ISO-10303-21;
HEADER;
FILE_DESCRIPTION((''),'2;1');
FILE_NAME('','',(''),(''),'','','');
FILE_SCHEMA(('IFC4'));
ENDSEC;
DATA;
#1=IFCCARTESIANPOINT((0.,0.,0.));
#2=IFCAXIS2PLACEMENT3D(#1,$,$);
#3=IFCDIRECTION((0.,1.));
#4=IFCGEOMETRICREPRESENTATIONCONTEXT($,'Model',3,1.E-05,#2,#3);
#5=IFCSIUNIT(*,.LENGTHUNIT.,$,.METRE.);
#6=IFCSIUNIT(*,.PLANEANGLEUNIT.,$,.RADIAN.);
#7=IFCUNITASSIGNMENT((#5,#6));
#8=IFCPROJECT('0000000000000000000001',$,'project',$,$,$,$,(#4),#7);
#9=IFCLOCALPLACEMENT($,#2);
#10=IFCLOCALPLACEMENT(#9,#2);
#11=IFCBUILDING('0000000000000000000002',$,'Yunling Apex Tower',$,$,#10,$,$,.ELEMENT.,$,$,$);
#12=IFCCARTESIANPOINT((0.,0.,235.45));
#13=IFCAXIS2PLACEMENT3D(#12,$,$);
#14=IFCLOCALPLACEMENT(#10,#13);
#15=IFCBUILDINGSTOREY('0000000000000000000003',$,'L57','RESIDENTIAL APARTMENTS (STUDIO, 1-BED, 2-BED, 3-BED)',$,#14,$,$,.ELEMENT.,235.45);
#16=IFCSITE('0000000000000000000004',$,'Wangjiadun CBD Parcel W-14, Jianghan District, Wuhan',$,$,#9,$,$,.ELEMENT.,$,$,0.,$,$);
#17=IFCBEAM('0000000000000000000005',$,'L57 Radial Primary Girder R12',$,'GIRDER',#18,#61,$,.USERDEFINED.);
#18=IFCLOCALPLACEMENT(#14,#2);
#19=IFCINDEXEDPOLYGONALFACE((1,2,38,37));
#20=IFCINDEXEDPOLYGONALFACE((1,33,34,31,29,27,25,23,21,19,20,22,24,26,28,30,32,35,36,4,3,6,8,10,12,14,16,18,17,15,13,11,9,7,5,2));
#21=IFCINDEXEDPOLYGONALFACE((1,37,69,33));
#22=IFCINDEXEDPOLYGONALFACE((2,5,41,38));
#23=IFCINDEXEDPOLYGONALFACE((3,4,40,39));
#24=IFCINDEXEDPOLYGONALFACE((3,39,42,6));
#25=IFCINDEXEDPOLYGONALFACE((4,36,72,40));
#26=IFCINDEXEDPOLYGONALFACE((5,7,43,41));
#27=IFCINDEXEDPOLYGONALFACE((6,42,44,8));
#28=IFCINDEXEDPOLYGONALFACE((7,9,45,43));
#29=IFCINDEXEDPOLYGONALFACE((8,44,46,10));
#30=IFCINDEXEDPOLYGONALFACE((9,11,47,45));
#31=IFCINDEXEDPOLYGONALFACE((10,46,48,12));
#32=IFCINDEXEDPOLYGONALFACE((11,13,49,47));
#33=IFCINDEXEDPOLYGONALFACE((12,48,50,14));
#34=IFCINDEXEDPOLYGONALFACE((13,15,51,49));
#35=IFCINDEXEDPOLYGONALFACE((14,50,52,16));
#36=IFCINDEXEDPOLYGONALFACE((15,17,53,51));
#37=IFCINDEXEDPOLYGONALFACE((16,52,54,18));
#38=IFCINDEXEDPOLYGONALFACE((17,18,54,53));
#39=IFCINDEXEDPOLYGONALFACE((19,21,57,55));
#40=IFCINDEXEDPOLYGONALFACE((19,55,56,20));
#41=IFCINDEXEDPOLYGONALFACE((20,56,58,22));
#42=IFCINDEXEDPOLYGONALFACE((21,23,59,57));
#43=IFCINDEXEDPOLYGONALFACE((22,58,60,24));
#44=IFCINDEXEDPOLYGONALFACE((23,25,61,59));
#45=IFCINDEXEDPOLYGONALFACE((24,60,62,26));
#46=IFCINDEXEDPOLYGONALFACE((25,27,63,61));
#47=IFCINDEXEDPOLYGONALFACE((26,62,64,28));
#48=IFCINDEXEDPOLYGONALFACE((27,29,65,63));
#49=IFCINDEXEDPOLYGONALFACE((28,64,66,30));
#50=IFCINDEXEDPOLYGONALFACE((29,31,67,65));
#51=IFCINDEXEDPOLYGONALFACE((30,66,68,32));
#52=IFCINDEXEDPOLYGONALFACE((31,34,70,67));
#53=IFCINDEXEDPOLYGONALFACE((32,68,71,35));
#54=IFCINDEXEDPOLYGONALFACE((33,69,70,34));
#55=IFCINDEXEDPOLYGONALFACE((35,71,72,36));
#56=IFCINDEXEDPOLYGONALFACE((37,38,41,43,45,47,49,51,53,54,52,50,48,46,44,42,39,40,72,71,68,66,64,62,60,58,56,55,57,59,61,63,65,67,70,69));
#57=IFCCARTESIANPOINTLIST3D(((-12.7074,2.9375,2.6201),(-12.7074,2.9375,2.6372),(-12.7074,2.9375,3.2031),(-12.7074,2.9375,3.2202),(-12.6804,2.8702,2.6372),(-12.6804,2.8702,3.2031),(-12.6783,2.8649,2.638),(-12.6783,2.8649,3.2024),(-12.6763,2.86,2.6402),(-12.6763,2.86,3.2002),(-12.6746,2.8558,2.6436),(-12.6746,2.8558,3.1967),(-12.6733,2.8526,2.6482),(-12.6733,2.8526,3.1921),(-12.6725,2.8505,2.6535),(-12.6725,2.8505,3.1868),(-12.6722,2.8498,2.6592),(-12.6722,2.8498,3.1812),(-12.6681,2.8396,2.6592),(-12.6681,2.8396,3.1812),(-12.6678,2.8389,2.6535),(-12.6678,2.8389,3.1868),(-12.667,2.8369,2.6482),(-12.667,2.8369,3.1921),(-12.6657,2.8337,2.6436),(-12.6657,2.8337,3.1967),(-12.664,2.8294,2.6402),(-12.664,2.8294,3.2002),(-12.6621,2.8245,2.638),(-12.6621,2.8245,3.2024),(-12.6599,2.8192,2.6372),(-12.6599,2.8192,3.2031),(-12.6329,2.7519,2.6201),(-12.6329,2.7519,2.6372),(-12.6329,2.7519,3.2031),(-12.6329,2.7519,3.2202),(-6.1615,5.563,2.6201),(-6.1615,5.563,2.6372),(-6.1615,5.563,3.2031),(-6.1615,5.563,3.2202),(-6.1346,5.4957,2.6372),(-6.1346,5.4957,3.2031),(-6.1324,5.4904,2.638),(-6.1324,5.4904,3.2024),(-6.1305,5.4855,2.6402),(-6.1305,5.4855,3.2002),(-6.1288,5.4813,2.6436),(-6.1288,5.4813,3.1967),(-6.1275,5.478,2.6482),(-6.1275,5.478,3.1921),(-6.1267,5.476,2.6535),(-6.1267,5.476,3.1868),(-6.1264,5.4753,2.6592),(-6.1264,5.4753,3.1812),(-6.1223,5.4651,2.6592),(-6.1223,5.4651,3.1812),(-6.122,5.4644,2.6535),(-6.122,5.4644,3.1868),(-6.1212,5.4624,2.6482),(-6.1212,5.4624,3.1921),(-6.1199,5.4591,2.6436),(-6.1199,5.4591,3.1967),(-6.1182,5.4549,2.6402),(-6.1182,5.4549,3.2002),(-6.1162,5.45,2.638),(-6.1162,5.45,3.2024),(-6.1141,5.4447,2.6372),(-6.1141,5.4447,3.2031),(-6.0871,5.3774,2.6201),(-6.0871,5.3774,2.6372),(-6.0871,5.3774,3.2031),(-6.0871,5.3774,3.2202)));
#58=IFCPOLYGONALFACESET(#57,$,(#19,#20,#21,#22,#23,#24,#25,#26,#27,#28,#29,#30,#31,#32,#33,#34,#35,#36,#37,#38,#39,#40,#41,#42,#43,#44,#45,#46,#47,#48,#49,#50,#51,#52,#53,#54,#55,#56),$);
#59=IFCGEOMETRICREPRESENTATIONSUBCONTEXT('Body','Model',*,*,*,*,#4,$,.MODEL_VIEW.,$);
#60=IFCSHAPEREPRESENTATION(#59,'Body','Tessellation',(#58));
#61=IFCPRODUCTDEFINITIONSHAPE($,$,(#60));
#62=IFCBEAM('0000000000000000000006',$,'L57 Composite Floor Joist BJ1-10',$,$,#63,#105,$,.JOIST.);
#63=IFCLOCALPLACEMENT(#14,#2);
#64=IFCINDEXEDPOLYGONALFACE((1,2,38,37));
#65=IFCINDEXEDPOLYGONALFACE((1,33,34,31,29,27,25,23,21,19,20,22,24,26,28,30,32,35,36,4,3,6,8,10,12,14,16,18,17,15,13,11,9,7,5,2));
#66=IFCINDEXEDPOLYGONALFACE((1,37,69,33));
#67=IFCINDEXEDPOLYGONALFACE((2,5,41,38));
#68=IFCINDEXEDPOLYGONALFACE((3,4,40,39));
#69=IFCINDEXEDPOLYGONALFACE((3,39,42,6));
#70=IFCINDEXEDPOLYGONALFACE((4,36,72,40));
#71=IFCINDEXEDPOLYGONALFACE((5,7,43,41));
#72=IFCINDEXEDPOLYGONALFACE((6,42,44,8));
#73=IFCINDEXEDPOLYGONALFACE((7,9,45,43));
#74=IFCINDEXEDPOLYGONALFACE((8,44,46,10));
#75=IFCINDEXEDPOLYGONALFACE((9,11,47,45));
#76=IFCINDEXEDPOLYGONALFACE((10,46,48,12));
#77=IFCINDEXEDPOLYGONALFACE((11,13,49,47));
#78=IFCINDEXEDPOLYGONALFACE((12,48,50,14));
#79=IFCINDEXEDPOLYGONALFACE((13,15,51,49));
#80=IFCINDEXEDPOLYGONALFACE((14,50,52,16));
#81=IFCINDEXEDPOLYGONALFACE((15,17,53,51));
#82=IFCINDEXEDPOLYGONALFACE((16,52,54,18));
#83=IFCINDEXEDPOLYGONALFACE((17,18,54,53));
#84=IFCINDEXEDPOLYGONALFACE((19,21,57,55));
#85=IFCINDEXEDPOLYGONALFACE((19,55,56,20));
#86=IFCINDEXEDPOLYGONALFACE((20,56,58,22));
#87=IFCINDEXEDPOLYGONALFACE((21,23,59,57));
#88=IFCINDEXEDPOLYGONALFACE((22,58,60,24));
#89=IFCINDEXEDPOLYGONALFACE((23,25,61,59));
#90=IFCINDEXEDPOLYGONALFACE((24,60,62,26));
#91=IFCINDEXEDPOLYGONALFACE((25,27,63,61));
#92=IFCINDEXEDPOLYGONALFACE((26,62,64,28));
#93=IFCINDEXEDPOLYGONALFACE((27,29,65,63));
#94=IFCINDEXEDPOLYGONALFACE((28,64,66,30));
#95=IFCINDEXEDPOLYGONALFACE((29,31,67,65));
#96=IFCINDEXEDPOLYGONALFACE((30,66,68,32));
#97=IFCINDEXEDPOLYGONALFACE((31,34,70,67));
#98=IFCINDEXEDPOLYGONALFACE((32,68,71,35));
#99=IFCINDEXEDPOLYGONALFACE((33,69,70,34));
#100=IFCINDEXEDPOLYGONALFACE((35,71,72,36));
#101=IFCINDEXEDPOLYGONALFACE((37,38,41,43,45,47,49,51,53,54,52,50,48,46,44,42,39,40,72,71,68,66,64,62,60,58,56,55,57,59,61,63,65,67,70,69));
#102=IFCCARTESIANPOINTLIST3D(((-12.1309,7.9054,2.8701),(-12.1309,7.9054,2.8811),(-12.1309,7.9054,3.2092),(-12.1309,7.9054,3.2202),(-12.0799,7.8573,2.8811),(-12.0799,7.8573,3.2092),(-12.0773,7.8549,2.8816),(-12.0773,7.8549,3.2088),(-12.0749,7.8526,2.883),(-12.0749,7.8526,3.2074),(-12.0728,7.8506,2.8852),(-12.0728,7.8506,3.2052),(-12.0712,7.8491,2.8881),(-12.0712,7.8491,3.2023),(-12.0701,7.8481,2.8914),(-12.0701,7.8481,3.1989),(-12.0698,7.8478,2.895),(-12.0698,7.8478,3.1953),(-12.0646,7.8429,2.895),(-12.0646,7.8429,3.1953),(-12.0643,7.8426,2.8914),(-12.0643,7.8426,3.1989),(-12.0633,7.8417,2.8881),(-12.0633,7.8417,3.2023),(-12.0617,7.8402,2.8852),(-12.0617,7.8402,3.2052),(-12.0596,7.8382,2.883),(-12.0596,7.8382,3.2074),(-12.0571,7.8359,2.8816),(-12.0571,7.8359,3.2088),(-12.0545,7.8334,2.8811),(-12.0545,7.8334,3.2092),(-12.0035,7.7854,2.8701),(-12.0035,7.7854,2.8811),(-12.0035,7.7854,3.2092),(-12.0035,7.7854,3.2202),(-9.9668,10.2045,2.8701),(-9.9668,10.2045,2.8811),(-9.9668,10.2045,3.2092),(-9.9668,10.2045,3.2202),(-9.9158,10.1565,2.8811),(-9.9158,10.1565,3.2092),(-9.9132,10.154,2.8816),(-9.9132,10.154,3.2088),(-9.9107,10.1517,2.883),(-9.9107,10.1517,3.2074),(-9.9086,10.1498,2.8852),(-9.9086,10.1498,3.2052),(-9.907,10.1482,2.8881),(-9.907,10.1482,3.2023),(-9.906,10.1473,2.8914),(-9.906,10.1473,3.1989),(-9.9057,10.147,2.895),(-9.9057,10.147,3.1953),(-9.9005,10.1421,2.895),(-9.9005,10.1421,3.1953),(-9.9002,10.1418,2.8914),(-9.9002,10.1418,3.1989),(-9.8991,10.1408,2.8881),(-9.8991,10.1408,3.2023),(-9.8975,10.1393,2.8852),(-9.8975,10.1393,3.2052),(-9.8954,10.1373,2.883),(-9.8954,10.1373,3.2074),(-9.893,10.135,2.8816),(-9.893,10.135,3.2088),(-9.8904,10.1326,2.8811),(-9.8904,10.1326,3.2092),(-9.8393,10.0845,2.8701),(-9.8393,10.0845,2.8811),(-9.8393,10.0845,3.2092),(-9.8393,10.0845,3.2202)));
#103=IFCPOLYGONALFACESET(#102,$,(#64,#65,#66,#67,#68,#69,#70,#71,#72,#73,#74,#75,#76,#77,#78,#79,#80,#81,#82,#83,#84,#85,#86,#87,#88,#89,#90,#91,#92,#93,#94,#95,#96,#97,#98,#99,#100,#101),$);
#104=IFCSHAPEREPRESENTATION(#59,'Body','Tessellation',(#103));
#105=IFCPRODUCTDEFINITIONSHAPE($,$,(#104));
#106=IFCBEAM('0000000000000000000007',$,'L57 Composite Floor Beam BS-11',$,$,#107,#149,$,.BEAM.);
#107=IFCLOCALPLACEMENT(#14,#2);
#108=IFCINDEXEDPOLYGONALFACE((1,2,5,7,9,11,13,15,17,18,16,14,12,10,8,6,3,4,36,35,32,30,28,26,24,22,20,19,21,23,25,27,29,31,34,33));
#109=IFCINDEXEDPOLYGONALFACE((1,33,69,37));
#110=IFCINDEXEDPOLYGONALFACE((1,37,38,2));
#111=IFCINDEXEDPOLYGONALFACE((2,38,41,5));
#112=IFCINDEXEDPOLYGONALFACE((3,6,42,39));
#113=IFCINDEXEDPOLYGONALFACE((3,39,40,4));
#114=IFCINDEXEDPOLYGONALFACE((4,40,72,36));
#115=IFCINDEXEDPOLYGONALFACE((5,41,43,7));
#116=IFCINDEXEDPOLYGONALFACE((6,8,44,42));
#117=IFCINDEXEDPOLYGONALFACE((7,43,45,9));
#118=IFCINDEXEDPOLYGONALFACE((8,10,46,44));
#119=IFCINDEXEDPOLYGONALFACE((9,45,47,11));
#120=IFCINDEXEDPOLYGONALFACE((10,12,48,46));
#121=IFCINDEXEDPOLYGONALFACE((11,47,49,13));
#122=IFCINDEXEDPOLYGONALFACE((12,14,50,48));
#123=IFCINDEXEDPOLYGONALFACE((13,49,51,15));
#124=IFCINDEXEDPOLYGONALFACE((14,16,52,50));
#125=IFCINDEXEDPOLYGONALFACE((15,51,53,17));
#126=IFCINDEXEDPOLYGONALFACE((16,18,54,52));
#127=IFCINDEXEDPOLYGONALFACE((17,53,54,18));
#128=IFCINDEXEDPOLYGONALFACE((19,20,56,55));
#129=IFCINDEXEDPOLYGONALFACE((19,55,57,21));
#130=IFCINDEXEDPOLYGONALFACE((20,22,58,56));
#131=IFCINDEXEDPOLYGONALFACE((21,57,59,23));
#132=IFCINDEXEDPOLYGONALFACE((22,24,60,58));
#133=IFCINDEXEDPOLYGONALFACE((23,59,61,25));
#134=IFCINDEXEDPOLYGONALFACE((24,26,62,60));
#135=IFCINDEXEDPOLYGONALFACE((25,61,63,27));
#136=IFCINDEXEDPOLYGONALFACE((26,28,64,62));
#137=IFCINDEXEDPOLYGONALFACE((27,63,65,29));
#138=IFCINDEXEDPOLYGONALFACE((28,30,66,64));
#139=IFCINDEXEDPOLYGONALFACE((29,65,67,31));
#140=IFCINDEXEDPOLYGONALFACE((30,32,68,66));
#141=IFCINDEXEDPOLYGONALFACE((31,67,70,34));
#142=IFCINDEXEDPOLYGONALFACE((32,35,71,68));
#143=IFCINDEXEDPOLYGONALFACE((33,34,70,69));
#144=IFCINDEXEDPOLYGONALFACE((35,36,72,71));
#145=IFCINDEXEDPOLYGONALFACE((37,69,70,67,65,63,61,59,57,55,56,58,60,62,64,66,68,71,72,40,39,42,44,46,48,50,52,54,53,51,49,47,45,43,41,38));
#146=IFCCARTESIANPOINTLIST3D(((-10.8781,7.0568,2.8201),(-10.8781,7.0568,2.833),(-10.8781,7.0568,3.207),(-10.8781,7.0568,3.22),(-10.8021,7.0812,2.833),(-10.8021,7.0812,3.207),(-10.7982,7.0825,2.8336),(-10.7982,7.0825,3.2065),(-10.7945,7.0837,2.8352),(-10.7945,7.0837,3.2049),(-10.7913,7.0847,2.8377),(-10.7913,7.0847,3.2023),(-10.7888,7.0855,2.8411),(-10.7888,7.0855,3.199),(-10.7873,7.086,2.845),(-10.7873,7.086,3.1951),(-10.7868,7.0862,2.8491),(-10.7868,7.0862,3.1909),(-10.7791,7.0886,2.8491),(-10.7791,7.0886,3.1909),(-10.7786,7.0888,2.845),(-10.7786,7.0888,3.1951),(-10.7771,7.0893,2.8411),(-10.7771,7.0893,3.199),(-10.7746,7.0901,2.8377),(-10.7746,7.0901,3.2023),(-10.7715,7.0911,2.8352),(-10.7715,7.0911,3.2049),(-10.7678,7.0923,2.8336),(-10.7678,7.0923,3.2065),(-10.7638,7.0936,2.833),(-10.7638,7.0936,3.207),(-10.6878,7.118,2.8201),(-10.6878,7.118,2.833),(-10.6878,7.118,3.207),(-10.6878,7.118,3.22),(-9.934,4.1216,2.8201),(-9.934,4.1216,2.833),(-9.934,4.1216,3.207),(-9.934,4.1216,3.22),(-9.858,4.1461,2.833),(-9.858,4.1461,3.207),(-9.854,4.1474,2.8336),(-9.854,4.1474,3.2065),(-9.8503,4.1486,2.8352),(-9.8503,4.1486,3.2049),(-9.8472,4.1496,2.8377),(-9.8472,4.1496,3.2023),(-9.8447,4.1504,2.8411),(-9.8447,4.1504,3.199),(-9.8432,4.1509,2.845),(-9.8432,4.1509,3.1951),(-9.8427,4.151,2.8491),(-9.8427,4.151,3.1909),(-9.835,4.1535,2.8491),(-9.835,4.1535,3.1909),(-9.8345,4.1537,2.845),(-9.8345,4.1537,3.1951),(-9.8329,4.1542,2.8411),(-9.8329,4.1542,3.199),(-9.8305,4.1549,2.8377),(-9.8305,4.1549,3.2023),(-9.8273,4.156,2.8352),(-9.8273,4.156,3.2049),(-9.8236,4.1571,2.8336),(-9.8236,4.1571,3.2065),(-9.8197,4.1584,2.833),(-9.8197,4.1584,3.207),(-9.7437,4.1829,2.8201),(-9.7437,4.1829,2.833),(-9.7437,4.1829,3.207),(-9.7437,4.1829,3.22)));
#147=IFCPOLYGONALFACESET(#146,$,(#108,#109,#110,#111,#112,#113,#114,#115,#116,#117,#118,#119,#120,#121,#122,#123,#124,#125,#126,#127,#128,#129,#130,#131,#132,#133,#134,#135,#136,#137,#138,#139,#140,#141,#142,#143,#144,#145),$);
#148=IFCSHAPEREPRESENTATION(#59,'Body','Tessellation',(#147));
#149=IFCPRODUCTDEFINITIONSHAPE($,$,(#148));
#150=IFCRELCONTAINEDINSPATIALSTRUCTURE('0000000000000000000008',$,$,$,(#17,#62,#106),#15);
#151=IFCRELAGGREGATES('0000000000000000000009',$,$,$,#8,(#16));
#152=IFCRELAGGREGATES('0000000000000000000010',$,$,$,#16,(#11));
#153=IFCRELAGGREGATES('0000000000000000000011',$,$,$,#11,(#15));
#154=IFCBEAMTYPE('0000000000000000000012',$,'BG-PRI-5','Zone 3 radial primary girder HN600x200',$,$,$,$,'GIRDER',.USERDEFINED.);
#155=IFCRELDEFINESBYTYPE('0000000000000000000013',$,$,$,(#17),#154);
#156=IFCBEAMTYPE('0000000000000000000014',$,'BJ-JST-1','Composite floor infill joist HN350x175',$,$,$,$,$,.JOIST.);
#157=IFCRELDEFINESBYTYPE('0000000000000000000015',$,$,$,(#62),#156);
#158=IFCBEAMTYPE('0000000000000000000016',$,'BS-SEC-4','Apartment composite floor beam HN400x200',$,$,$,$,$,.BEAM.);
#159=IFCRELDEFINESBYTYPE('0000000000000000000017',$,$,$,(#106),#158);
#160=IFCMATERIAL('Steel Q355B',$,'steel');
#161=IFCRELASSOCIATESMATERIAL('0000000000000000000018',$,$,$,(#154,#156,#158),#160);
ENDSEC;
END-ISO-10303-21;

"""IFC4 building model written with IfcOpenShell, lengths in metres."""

from ifc_helpers import new_model, si_unit, direction, frame, origin, origin_2d, place, context, subcontext, project, spatial, i_section, extrude, source, transform, mapped, material, material_profile, profile_set, type_object, element, save


model = new_model("IFC4")

# Units and contexts
model_context = context("Model", 3, precision=1e-05, world=origin(), true_north=direction((0.0, 1.0)))
body_context = subcontext(model_context, "Body", "Model", "MODEL_VIEW")
ifc_project = project(units=[si_unit("LENGTHUNIT", "METRE"), si_unit("PLANEANGLEUNIT", "RADIAN")], contexts=[model_context])

# Site, building, storey
site_placement = place(None, origin())
site = spatial("IfcSite", under=ifc_project, at=site_placement, Name="Wangjiadun CBD Parcel W-14, Jianghan District, Wuhan", CompositionType="ELEMENT", RefElevation=0.0)
building_placement = place(site_placement, origin())
building = spatial("IfcBuilding", under=site, at=building_placement, Name="Yunling Apex Tower", CompositionType="ELEMENT")
storey_placement = place(building_placement, frame((0.0, 0.0, 235.45)))
storey = spatial("IfcBuildingStorey", under=building, at=storey_placement, Name="L57", Description="RESIDENTIAL APARTMENTS (STUDIO, 1-BED, 2-BED, 3-BED)", CompositionType="ELEMENT", Elevation=235.45)

# Beams
ifc_material_1 = material(Name="Steel Q355B", Category="steel")
ifc_material_profile_1 = material_profile(ifc_material_1, i_section(OverallWidth=0.2, OverallDepth=0.6001, WebThickness=0.011, FlangeThickness=0.0171, FilletRadius=0.022, at=origin_2d()))
ifc_profile_set_1 = profile_set([ifc_material_profile_1], Name="Steel Q355B")
beam_type_1 = type_object("IfcBeamType", Name="BG-PRI-5", Description="Zone 3 radial primary girder HN600x200", ElementType="GIRDER", PredefinedType="USERDEFINED", material=ifc_profile_set_1)
shared_shape_1 = source(origin(), body_context, "Body", "SweptSolid", [
    extrude(i_section(OverallWidth=0.2, OverallDepth=0.6001, WebThickness=0.011, FlangeThickness=0.0171, FilletRadius=0.022, at=origin_2d()), origin(), (0.0, 0.0, 1.0), 7.0527),
])
beam_1_placement = place(storey_placement, frame((-12.6702, 2.8447, 2.9202), z_axis=(0.928128, 0.372262, 0.0), x_axis=(-0.372262, 0.928128, 0.0)))
element("IfcBeam", 1, at=beam_1_placement, inside=storey, type_object=beam_type_1, Name="L57 Radial Primary Girder R12", ObjectType="GIRDER", PredefinedType="USERDEFINED", context=body_context, shape_type="MappedRepresentation", body=[
    mapped(shared_shape_1, transform((0.0, 0.0, 0.0), scale=1.0)),
])
ifc_material_profile_2 = material_profile(ifc_material_1, i_section(OverallWidth=0.175, OverallDepth=0.3501, WebThickness=0.0071, FlangeThickness=0.011, FilletRadius=0.0139, at=origin_2d()))
ifc_profile_set_2 = profile_set([ifc_material_profile_2], Name="Steel Q355B")
beam_type_2 = type_object("IfcBeamType", Name="BJ-JST-1", Description="Composite floor infill joist HN350x175", PredefinedType="JOIST", material=ifc_profile_set_2)
shared_shape_2 = source(origin(), body_context, "Body", "SweptSolid", [
    extrude(i_section(OverallWidth=0.175, OverallDepth=0.3501, WebThickness=0.0071, FlangeThickness=0.011, FilletRadius=0.0139, at=origin_2d()), origin(), (0.0, 0.0, 1.0), 3.1575),
])
beam_2_placement = place(storey_placement, frame((-9.9031, 10.1445, 3.0452), z_axis=(-0.685403, -0.728164, 0.0), x_axis=(0.728164, -0.685403, 0.0)))
element("IfcBeam", 2, at=beam_2_placement, inside=storey, type_object=beam_type_2, Name="L57 Composite Floor Joist BJ1-10", PredefinedType="JOIST", context=body_context, shape_type="MappedRepresentation", body=[
    mapped(shared_shape_2, transform((0.0, 0.0, 0.0), scale=1.0)),
])
ifc_material_profile_3 = material_profile(ifc_material_1, i_section(OverallWidth=0.2, OverallDepth=0.3999, WebThickness=0.0081, FlangeThickness=0.0129, FilletRadius=0.0161, at=origin_2d()))
ifc_profile_set_3 = profile_set([ifc_material_profile_3], Name="Steel Q355B")
beam_type_3 = type_object("IfcBeamType", Name="BS-SEC-4", Description="Apartment composite floor beam HN400x200", PredefinedType="BEAM", material=ifc_profile_set_3)
shared_shape_3 = source(origin(), body_context, "Body", "SweptSolid", [
    extrude(i_section(OverallWidth=0.2, OverallDepth=0.3999, WebThickness=0.0081, FlangeThickness=0.0129, FilletRadius=0.0161, at=origin_2d()), origin(), (0.0, 0.0, 1.0), 3.0833),
])
beam_3_placement = place(storey_placement, frame((-10.783, 7.0874, 3.02), z_axis=(0.306209, -0.951964, 0.0), x_axis=(0.951964, 0.306209, 0.0)))
element("IfcBeam", 3, at=beam_3_placement, inside=storey, type_object=beam_type_3, Name="L57 Composite Floor Beam BS-11", PredefinedType="BEAM", context=body_context, shape_type="MappedRepresentation", body=[
    mapped(shared_shape_3, transform((0.0, 0.0, 0.0), scale=1.0)),
])

save(model, "model.ifc")
